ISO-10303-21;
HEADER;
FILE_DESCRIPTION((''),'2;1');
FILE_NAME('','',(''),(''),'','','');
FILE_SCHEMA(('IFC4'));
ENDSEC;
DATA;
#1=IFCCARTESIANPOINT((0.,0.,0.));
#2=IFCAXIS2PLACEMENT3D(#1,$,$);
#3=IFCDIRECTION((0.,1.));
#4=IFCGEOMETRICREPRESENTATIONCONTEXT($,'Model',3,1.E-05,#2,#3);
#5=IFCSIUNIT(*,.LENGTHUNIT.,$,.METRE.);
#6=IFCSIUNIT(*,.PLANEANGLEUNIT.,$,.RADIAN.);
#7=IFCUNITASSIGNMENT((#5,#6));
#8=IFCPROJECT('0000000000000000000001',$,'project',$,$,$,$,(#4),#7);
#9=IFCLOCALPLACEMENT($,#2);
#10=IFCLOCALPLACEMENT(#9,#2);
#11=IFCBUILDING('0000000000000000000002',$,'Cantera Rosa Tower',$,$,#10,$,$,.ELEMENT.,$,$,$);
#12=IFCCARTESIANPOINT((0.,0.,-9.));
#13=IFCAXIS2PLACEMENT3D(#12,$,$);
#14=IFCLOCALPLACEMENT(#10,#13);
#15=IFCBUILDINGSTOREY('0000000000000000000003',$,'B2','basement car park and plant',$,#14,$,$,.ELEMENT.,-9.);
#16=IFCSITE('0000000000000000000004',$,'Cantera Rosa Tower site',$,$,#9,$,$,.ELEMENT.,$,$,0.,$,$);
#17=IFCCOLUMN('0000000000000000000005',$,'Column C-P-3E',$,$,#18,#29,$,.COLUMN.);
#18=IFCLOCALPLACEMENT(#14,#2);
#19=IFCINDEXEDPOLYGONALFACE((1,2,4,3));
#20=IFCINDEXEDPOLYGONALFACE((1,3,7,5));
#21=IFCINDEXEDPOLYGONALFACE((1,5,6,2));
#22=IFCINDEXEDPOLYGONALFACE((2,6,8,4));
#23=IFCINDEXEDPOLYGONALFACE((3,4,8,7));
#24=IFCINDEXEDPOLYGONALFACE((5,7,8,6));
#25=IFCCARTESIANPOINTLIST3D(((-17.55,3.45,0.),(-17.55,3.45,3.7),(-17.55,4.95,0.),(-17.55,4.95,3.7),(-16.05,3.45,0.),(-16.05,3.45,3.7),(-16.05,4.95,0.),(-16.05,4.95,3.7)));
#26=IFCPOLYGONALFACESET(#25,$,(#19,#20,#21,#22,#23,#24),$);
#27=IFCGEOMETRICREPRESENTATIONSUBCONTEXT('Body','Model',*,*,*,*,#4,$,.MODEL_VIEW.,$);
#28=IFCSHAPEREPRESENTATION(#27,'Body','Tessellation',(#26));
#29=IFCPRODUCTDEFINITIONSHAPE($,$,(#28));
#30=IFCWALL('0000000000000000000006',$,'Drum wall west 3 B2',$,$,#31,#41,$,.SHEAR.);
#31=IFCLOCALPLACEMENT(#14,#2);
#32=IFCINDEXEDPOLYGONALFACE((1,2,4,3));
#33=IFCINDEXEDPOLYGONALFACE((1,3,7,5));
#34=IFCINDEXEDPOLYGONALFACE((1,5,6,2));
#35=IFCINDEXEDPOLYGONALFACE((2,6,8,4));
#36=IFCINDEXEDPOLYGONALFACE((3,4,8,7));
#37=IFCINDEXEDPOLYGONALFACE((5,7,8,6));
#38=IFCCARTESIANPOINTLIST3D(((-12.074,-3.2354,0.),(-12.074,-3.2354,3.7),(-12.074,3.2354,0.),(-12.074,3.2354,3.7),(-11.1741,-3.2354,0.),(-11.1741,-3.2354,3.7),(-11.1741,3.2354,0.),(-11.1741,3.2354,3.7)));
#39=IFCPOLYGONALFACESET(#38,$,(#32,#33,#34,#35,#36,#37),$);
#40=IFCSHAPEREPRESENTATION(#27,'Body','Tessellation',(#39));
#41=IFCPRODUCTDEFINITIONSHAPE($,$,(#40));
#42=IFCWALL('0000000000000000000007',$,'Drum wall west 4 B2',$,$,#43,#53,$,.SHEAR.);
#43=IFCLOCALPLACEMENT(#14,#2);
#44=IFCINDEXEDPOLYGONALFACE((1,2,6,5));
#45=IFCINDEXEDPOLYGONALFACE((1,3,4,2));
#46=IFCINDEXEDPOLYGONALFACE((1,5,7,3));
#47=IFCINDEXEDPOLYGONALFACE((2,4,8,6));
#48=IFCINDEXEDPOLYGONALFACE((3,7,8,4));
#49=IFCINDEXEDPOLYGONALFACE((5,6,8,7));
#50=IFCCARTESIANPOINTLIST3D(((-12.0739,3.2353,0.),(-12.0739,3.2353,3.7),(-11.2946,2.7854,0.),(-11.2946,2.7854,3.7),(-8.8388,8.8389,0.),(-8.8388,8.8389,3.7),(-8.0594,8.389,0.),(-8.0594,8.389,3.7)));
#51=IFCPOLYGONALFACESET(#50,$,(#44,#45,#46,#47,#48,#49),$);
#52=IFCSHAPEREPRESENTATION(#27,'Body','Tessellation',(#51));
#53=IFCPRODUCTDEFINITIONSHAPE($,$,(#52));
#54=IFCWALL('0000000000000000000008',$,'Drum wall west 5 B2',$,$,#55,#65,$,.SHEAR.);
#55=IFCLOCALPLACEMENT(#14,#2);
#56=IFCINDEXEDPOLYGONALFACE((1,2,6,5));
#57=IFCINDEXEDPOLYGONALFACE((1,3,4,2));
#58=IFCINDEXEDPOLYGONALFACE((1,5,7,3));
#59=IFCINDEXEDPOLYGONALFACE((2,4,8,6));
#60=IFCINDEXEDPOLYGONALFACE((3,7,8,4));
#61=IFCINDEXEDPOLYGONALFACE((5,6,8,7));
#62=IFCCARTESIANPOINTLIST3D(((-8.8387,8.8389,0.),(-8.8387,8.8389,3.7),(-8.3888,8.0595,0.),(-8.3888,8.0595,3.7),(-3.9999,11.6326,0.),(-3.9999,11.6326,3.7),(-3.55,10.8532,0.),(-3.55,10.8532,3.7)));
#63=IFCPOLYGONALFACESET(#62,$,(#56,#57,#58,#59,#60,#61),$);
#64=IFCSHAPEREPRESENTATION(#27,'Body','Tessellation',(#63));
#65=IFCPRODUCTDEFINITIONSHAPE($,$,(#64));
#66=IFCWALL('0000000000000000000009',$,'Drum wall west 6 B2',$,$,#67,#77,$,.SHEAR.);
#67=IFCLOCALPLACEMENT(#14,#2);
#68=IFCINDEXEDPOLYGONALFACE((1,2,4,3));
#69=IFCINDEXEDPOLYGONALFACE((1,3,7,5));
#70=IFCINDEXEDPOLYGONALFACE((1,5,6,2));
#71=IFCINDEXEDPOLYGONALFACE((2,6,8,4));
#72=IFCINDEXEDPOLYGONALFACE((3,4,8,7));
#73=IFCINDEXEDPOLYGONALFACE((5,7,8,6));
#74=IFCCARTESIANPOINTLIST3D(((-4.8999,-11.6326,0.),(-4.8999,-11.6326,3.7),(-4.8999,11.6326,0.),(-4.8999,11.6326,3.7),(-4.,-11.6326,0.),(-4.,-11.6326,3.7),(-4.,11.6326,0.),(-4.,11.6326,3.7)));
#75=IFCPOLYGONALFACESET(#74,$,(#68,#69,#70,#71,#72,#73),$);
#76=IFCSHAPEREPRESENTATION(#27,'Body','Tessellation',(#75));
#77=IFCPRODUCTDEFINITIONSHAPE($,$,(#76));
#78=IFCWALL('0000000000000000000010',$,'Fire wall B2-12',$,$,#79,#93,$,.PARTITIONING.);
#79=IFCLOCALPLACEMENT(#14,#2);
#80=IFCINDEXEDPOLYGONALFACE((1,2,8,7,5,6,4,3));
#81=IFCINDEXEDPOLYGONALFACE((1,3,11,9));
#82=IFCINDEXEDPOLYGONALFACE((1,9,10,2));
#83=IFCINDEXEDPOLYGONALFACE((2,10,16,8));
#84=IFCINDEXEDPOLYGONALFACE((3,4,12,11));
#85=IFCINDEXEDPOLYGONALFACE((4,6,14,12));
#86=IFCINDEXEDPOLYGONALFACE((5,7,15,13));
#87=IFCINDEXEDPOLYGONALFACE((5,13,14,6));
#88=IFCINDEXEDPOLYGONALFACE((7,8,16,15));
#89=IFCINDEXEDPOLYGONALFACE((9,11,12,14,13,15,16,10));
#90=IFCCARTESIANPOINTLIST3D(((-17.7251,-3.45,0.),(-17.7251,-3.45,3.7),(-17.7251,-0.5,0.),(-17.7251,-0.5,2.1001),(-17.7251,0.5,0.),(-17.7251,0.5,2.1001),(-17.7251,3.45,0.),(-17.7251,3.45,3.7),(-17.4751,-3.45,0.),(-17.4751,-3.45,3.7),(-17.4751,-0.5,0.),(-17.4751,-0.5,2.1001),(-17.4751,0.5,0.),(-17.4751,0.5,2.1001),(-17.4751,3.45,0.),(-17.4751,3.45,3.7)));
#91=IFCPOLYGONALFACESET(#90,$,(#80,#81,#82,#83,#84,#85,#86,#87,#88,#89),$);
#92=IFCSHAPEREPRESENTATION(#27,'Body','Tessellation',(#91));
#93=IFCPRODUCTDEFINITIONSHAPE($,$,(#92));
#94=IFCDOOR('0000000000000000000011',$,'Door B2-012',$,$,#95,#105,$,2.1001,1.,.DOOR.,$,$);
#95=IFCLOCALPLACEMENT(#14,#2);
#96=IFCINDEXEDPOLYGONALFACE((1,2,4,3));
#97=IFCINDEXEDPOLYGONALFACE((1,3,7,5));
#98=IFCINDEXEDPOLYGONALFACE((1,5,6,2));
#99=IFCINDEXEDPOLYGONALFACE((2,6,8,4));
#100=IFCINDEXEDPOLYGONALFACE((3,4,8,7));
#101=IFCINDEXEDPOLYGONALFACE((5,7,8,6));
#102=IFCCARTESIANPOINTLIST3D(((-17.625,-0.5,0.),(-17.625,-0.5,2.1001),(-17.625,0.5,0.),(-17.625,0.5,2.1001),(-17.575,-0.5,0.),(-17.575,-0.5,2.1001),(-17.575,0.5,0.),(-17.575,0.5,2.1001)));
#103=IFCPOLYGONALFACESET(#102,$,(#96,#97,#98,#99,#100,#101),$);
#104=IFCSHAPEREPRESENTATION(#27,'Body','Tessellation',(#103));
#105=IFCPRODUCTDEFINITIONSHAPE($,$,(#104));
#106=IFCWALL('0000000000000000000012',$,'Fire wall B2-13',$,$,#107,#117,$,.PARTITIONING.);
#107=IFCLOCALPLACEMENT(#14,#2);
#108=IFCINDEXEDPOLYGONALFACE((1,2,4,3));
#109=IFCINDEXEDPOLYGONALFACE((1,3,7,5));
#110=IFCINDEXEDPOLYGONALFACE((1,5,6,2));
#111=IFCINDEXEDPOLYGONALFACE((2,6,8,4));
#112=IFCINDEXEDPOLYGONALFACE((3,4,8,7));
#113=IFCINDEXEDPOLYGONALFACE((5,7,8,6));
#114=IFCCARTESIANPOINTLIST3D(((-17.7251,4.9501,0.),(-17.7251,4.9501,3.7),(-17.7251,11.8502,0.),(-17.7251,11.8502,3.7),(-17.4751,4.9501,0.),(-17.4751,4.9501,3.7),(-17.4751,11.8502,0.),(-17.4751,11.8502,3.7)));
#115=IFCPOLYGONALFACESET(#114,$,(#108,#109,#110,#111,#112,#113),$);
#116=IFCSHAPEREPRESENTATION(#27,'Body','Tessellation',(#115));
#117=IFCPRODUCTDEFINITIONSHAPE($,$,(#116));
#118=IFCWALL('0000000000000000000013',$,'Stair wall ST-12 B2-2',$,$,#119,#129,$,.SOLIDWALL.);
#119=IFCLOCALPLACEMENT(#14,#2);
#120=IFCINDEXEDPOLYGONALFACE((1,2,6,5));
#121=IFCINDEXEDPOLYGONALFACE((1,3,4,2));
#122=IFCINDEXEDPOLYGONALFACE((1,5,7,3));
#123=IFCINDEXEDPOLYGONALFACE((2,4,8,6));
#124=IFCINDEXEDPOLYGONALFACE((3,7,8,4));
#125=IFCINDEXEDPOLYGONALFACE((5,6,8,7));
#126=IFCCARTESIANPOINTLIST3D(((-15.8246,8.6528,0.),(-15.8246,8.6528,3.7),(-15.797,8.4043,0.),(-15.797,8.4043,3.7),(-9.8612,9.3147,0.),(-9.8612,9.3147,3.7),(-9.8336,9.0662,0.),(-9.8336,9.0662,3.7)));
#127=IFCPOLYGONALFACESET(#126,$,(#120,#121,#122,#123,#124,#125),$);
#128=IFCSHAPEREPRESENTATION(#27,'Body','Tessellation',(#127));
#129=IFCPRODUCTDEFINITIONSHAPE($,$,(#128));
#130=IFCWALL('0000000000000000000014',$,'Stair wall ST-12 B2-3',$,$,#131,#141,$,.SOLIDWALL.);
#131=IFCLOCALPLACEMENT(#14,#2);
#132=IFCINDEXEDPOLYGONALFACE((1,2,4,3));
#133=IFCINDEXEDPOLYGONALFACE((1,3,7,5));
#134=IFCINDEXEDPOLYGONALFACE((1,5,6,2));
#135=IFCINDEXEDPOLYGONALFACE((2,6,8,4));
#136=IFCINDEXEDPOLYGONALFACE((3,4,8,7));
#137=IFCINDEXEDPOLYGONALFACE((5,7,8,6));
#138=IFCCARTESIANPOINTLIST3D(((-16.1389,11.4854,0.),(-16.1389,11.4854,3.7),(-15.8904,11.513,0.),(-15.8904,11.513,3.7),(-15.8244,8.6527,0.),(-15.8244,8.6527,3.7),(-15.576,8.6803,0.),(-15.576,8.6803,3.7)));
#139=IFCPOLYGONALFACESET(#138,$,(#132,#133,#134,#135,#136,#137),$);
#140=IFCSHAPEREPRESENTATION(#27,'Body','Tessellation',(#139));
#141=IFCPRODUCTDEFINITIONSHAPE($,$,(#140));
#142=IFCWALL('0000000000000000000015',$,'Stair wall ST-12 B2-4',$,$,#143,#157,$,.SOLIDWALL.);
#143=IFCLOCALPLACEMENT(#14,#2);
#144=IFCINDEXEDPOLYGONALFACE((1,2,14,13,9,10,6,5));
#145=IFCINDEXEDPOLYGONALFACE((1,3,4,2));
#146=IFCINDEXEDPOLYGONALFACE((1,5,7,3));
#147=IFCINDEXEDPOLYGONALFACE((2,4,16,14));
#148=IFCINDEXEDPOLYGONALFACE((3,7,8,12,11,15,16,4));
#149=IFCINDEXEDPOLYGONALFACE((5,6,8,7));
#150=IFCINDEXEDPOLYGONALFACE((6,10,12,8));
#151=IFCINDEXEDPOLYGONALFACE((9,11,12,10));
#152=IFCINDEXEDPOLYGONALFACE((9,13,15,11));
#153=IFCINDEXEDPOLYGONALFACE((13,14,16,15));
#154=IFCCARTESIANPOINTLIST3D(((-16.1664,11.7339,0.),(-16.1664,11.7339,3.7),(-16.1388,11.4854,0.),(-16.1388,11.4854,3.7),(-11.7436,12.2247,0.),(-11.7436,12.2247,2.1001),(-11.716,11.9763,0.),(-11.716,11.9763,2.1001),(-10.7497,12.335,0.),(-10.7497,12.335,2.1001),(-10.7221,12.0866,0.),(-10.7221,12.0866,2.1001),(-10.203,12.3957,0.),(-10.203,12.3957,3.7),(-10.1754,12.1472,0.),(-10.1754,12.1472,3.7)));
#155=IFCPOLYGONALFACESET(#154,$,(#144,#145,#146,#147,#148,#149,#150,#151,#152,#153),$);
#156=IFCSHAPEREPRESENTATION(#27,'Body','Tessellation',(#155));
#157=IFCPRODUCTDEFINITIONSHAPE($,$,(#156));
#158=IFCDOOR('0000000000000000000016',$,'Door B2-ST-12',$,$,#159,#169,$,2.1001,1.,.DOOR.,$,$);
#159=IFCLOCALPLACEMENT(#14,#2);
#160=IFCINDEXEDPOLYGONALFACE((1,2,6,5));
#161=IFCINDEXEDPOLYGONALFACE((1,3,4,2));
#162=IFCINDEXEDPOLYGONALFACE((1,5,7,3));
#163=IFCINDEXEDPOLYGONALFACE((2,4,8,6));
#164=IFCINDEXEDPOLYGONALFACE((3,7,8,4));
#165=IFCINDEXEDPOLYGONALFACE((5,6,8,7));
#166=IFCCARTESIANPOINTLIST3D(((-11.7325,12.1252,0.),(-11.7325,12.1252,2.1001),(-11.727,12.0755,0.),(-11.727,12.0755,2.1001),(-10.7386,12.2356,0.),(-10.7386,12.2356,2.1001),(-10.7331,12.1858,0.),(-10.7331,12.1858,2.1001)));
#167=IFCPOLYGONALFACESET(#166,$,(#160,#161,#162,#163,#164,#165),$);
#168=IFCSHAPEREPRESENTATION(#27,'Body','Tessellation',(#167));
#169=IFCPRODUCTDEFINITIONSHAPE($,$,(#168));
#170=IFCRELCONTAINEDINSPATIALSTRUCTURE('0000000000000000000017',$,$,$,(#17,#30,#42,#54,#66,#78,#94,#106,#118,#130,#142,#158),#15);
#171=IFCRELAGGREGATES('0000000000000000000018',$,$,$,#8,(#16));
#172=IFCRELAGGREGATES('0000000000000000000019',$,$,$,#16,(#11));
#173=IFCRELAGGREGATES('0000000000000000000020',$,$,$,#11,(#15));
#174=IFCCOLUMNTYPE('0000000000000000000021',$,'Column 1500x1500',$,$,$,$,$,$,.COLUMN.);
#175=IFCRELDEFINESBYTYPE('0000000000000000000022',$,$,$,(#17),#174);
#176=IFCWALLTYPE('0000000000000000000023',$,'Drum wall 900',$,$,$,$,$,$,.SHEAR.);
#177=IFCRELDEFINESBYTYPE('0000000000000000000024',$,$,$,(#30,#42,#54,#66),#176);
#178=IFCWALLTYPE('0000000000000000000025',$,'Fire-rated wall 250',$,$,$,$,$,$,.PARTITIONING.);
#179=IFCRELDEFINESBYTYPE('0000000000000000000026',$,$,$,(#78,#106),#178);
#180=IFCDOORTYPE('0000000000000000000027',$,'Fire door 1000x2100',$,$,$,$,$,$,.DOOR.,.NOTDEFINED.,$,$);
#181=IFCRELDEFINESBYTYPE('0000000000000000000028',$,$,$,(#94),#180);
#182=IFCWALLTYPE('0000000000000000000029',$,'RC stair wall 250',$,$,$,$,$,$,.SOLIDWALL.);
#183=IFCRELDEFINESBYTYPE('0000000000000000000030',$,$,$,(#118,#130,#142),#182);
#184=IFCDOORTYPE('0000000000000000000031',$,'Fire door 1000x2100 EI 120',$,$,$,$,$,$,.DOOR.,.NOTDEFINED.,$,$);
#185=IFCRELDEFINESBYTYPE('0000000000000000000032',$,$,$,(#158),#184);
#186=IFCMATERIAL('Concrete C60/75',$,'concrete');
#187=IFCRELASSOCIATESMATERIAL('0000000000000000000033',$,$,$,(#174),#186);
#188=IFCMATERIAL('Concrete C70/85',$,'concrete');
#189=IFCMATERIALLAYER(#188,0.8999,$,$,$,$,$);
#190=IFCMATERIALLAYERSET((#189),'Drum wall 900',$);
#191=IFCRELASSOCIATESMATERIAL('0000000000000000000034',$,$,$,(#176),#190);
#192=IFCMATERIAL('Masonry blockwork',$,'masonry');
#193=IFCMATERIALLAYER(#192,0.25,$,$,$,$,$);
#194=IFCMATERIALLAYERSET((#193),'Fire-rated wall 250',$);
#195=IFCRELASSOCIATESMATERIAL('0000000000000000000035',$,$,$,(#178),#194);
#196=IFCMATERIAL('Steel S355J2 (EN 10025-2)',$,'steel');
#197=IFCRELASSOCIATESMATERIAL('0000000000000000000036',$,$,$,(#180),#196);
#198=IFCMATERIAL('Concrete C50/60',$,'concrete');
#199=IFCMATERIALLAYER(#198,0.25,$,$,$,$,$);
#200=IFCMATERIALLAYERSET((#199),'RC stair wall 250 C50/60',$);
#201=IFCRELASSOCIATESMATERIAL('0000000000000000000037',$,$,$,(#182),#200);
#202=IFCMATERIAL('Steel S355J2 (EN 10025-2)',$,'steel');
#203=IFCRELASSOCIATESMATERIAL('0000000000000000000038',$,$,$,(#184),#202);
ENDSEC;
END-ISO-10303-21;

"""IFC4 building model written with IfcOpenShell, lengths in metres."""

from ifc_helpers import new_model, si_unit, direction, frame, frame_2d, origin, origin_2d, place, context, subcontext, project, spatial, rectangle, extrude, material, layer, layer_set, material_profile, profile_set, type_object, element, fill, save


model = new_model("IFC4")

# Units and contexts
model_context = context("Model", 3, precision=1e-05, world=origin(), true_north=direction((0.0, 1.0)))
body_context = subcontext(model_context, "Body", "Model", "MODEL_VIEW")
ifc_project = project(units=[si_unit("LENGTHUNIT", "METRE"), si_unit("PLANEANGLEUNIT", "RADIAN")], contexts=[model_context])

# Site, building, storey
site_placement = place(None, origin())
site = spatial("IfcSite", under=ifc_project, at=site_placement, Name="Cantera Rosa Tower site", CompositionType="ELEMENT", RefElevation=0.0)
building_placement = place(site_placement, origin())
building = spatial("IfcBuilding", under=site, at=building_placement, Name="Cantera Rosa Tower", CompositionType="ELEMENT")
storey_placement = place(building_placement, frame((0.0, 0.0, -9.0)))
storey = spatial("IfcBuildingStorey", under=building, at=storey_placement, Name="B2", Description="basement car park and plant", CompositionType="ELEMENT", Elevation=-9.0)

# Column
ifc_material_1 = material(Name="Concrete C60/75", Category="concrete")
ifc_material_profile = material_profile(ifc_material_1, rectangle(XDim=1.5, YDim=1.5, at=origin_2d()), Name="Column 1500x1500")
ifc_profile_set = profile_set([ifc_material_profile], Name="Concrete C60/75")
column_type = type_object("IfcColumnType", Name="Column 1500x1500", PredefinedType="COLUMN", material=ifc_profile_set)
column_placement = place(storey_placement, frame((-16.8, 4.2, 0.0), z_axis=(0.0, 0.0, 1.0), x_axis=(1.0, 0.0, 0.0)))
element("IfcColumn", 1, at=column_placement, inside=storey, type_object=column_type, Name="Column C-P-3E", PredefinedType="COLUMN", context=body_context, shape_type="SweptSolid", body=[
    extrude(rectangle(XDim=1.5, YDim=1.5, at=origin_2d()), origin(), (0.0, 0.0, 1.0), 3.7),
])

# Walls
ifc_material_2 = material(Name="Concrete C70/85", Category="concrete")
ifc_layer_1 = layer(ifc_material_2, 0.8999)
ifc_layer_set_1 = layer_set([ifc_layer_1], Name="Drum wall 900")
wall_type_1 = type_object("IfcWallType", Name="Drum wall 900", PredefinedType="SHEAR", material=ifc_layer_set_1)
wall_1_placement = place(storey_placement, frame((-11.624, -3.2354, 0.0), z_axis=(0.0, 0.0, 1.0), x_axis=(0.0, 1.0, 0.0)))
element("IfcWall", 2, at=wall_1_placement, inside=storey, type_object=wall_type_1, Name="Drum wall west 3 B2", PredefinedType="SHEAR", context=body_context, shape_type="SweptSolid", body=[
    extrude(rectangle(XDim=6.4707, YDim=0.8999, at=frame_2d((3.2354, 0.0))), origin(), (0.0, 0.0, 1.0), 3.7),
])
wall_2_placement = place(storey_placement, frame((-11.6843, 3.0103, 0.0), z_axis=(0.0, 0.0, 1.0), x_axis=(0.49999, 0.866031, 0.0)))
element("IfcWall", 3, at=wall_2_placement, inside=storey, type_object=wall_type_1, Name="Drum wall west 4 B2", PredefinedType="SHEAR", context=body_context, shape_type="SweptSolid", body=[
    extrude(rectangle(XDim=6.4705, YDim=0.8999, at=frame_2d((3.2354, 0.0))), origin(), (0.0, 0.0, 1.0), 3.7),
])
wall_3_placement = place(storey_placement, frame((-8.6138, 8.4492, 0.0), z_axis=(0.0, 0.0, 1.0), x_axis=(0.866027, 0.499997, 0.0)))
element("IfcWall", 4, at=wall_3_placement, inside=storey, type_object=wall_type_1, Name="Drum wall west 5 B2", PredefinedType="SHEAR", context=body_context, shape_type="SweptSolid", body=[
    extrude(rectangle(XDim=5.5874, YDim=0.8999, at=frame_2d((2.7937, 0.0))), origin(), (0.0, 0.0, 1.0), 3.7),
])
wall_4_placement = place(storey_placement, frame((-4.45, 11.6326, 0.0), z_axis=(0.0, 0.0, 1.0), x_axis=(0.0, -1.0, 0.0)))
element("IfcWall", 5, at=wall_4_placement, inside=storey, type_object=wall_type_1, Name="Drum wall west 6 B2", PredefinedType="SHEAR", context=body_context, shape_type="SweptSolid", body=[
    extrude(rectangle(XDim=23.2651, YDim=0.8999, at=frame_2d((11.6326, 0.0))), origin(), (0.0, 0.0, 1.0), 3.7),
])

# Wall, opening, door
ifc_material_3 = material(Name="Masonry blockwork", Category="masonry")
ifc_layer_2 = layer(ifc_material_3, 0.25)
ifc_layer_set_2 = layer_set([ifc_layer_2], Name="Fire-rated wall 250")
wall_type_2 = type_object("IfcWallType", Name="Fire-rated wall 250", PredefinedType="PARTITIONING", material=ifc_layer_set_2)
wall_5_placement = place(storey_placement, frame((-17.6001, -3.45, 0.0), z_axis=(0.0, 0.0, 1.0), x_axis=(0.0, 1.0, 0.0)))
wall_5 = element("IfcWall", 6, at=wall_5_placement, inside=storey, type_object=wall_type_2, Name="Fire wall B2-12", PredefinedType="PARTITIONING", context=body_context, shape_type="SweptSolid", body=[
    extrude(rectangle(XDim=6.8999, YDim=0.25, at=frame_2d((3.45, 0.0))), origin(), (0.0, 0.0, 1.0), 3.7),
])
opening_1_placement = place(wall_5_placement, frame((2.95, 0.0, 0.0)))
opening_1 = element("IfcOpeningElement", 7, at=opening_1_placement, cuts=wall_5, PredefinedType="OPENING", context=body_context, shape_type="SweptSolid", body=[
    extrude(rectangle(XDim=1.0, YDim=2.1001, at=frame_2d((0.5, 1.05))), frame((0.0, 0.135, 0.0), z_axis=(0.0, -1.0, 0.0), x_axis=(1.0, 0.0, 0.0)), (0.0, 0.0, 1.0), 0.27),
])
ifc_material_4 = material(Name="Steel S355J2 (EN 10025-2)", Category="steel")
door_type_1 = type_object("IfcDoorType", Name="Fire door 1000x2100", OperationType="NOTDEFINED", PredefinedType="DOOR", material=ifc_material_4)
door_1_placement = place(opening_1_placement, origin())
door_1 = element("IfcDoor", 8, at=door_1_placement, inside=storey, type_object=door_type_1, Name="Door B2-012", OverallHeight=2.1001, OverallWidth=1.0, PredefinedType="DOOR", context=body_context, shape_type="SweptSolid", body=[
    extrude(rectangle(XDim=1.0, YDim=2.1001, at=frame_2d((0.5, 1.05))), frame((0.0, 0.0249, 0.0), z_axis=(0.0, -1.0, 0.0), x_axis=(1.0, 0.0, 0.0)), (0.0, 0.0, 1.0), 0.05),
])
fill(opening_1, door_1)

# Walls
wall_6_placement = place(storey_placement, frame((-17.6001, 4.95, 0.0), z_axis=(0.0, 0.0, 1.0), x_axis=(0.0, 1.0, 0.0)))
element("IfcWall", 9, at=wall_6_placement, inside=storey, type_object=wall_type_2, Name="Fire wall B2-13", PredefinedType="PARTITIONING", context=body_context, shape_type="SweptSolid", body=[
    extrude(rectangle(XDim=6.9001, YDim=0.25, at=frame_2d((3.4502, 0.0))), origin(), (0.0, 0.0, 1.0), 3.7),
])
ifc_material_5 = material(Name="Concrete C50/60", Category="concrete")
ifc_layer_3 = layer(ifc_material_5, 0.25)
ifc_layer_set_3 = layer_set([ifc_layer_3], Name="RC stair wall 250 C50/60")
wall_type_3 = type_object("IfcWallType", Name="RC stair wall 250", PredefinedType="SOLIDWALL", material=ifc_layer_set_3)
wall_7_placement = place(storey_placement, frame((-9.8474, 9.1904, 0.0), z_axis=(0.0, 0.0, 1.0), x_axis=(-0.993897, -0.110311, 0.0)))
element("IfcWall", 10, at=wall_7_placement, inside=storey, type_object=wall_type_3, Name="Stair wall ST-12 B2-2", PredefinedType="SOLIDWALL", context=body_context, shape_type="SweptSolid", body=[
    extrude(rectangle(XDim=6.0, YDim=0.25, at=frame_2d((3.0, 0.0))), origin(), (0.0, 0.0, 1.0), 3.7),
])
wall_8_placement = place(storey_placement, frame((-15.7002, 8.6665, 0.0), z_axis=(0.0, 0.0, 1.0), x_axis=(-0.110328, 0.993895, 0.0)))
element("IfcWall", 11, at=wall_8_placement, inside=storey, type_object=wall_type_3, Name="Stair wall ST-12 B2-3", PredefinedType="SOLIDWALL", context=body_context, shape_type="SweptSolid", body=[
    extrude(rectangle(XDim=2.8501, YDim=0.25, at=frame_2d((1.425, 0.0))), origin(), (0.0, 0.0, 1.0), 3.7),
])

# Wall, opening, door
wall_9_placement = place(storey_placement, frame((-16.1526, 11.6096, 0.0), z_axis=(0.0, 0.0, 1.0), x_axis=(0.993897, 0.110311, 0.0)))
wall_9 = element("IfcWall", 12, at=wall_9_placement, inside=storey, type_object=wall_type_3, Name="Stair wall ST-12 B2-4", PredefinedType="SOLIDWALL", context=body_context, shape_type="SweptSolid", body=[
    extrude(rectangle(XDim=6.0, YDim=0.25, at=frame_2d((3.0, 0.0))), origin(), (0.0, 0.0, 1.0), 3.7),
])
opening_2_placement = place(wall_9_placement, frame((4.45, 0.0, 0.0)))
opening_2 = element("IfcOpeningElement", 13, at=opening_2_placement, cuts=wall_9, PredefinedType="OPENING", context=body_context, shape_type="SweptSolid", body=[
    extrude(rectangle(XDim=1.0, YDim=2.1001, at=frame_2d((0.5, 1.05))), frame((0.0, 0.135, 0.0), z_axis=(0.0, -1.0, 0.0), x_axis=(1.0, 0.0, 0.0)), (0.0, 0.0, 1.0), 0.27),
])
ifc_material_6 = material(Name="Steel S355J2 (EN 10025-2)", Category="steel")
door_type_2 = type_object("IfcDoorType", Name="Fire door 1000x2100 EI 120", OperationType="NOTDEFINED", PredefinedType="DOOR", material=ifc_material_6)
door_2_placement = place(opening_2_placement, origin())
door_2 = element("IfcDoor", 14, at=door_2_placement, inside=storey, type_object=door_type_2, Name="Door B2-ST-12", OverallHeight=2.1001, OverallWidth=1.0, PredefinedType="DOOR", context=body_context, shape_type="SweptSolid", body=[
    extrude(rectangle(XDim=1.0, YDim=2.1001, at=frame_2d((0.5, 1.05))), frame((0.0, 0.0249, 0.0), z_axis=(0.0, -1.0, 0.0), x_axis=(1.0, 0.0, 0.0)), (0.0, 0.0, 1.0), 0.05),
])
fill(opening_2, door_2)

save(model, "model.ifc")
